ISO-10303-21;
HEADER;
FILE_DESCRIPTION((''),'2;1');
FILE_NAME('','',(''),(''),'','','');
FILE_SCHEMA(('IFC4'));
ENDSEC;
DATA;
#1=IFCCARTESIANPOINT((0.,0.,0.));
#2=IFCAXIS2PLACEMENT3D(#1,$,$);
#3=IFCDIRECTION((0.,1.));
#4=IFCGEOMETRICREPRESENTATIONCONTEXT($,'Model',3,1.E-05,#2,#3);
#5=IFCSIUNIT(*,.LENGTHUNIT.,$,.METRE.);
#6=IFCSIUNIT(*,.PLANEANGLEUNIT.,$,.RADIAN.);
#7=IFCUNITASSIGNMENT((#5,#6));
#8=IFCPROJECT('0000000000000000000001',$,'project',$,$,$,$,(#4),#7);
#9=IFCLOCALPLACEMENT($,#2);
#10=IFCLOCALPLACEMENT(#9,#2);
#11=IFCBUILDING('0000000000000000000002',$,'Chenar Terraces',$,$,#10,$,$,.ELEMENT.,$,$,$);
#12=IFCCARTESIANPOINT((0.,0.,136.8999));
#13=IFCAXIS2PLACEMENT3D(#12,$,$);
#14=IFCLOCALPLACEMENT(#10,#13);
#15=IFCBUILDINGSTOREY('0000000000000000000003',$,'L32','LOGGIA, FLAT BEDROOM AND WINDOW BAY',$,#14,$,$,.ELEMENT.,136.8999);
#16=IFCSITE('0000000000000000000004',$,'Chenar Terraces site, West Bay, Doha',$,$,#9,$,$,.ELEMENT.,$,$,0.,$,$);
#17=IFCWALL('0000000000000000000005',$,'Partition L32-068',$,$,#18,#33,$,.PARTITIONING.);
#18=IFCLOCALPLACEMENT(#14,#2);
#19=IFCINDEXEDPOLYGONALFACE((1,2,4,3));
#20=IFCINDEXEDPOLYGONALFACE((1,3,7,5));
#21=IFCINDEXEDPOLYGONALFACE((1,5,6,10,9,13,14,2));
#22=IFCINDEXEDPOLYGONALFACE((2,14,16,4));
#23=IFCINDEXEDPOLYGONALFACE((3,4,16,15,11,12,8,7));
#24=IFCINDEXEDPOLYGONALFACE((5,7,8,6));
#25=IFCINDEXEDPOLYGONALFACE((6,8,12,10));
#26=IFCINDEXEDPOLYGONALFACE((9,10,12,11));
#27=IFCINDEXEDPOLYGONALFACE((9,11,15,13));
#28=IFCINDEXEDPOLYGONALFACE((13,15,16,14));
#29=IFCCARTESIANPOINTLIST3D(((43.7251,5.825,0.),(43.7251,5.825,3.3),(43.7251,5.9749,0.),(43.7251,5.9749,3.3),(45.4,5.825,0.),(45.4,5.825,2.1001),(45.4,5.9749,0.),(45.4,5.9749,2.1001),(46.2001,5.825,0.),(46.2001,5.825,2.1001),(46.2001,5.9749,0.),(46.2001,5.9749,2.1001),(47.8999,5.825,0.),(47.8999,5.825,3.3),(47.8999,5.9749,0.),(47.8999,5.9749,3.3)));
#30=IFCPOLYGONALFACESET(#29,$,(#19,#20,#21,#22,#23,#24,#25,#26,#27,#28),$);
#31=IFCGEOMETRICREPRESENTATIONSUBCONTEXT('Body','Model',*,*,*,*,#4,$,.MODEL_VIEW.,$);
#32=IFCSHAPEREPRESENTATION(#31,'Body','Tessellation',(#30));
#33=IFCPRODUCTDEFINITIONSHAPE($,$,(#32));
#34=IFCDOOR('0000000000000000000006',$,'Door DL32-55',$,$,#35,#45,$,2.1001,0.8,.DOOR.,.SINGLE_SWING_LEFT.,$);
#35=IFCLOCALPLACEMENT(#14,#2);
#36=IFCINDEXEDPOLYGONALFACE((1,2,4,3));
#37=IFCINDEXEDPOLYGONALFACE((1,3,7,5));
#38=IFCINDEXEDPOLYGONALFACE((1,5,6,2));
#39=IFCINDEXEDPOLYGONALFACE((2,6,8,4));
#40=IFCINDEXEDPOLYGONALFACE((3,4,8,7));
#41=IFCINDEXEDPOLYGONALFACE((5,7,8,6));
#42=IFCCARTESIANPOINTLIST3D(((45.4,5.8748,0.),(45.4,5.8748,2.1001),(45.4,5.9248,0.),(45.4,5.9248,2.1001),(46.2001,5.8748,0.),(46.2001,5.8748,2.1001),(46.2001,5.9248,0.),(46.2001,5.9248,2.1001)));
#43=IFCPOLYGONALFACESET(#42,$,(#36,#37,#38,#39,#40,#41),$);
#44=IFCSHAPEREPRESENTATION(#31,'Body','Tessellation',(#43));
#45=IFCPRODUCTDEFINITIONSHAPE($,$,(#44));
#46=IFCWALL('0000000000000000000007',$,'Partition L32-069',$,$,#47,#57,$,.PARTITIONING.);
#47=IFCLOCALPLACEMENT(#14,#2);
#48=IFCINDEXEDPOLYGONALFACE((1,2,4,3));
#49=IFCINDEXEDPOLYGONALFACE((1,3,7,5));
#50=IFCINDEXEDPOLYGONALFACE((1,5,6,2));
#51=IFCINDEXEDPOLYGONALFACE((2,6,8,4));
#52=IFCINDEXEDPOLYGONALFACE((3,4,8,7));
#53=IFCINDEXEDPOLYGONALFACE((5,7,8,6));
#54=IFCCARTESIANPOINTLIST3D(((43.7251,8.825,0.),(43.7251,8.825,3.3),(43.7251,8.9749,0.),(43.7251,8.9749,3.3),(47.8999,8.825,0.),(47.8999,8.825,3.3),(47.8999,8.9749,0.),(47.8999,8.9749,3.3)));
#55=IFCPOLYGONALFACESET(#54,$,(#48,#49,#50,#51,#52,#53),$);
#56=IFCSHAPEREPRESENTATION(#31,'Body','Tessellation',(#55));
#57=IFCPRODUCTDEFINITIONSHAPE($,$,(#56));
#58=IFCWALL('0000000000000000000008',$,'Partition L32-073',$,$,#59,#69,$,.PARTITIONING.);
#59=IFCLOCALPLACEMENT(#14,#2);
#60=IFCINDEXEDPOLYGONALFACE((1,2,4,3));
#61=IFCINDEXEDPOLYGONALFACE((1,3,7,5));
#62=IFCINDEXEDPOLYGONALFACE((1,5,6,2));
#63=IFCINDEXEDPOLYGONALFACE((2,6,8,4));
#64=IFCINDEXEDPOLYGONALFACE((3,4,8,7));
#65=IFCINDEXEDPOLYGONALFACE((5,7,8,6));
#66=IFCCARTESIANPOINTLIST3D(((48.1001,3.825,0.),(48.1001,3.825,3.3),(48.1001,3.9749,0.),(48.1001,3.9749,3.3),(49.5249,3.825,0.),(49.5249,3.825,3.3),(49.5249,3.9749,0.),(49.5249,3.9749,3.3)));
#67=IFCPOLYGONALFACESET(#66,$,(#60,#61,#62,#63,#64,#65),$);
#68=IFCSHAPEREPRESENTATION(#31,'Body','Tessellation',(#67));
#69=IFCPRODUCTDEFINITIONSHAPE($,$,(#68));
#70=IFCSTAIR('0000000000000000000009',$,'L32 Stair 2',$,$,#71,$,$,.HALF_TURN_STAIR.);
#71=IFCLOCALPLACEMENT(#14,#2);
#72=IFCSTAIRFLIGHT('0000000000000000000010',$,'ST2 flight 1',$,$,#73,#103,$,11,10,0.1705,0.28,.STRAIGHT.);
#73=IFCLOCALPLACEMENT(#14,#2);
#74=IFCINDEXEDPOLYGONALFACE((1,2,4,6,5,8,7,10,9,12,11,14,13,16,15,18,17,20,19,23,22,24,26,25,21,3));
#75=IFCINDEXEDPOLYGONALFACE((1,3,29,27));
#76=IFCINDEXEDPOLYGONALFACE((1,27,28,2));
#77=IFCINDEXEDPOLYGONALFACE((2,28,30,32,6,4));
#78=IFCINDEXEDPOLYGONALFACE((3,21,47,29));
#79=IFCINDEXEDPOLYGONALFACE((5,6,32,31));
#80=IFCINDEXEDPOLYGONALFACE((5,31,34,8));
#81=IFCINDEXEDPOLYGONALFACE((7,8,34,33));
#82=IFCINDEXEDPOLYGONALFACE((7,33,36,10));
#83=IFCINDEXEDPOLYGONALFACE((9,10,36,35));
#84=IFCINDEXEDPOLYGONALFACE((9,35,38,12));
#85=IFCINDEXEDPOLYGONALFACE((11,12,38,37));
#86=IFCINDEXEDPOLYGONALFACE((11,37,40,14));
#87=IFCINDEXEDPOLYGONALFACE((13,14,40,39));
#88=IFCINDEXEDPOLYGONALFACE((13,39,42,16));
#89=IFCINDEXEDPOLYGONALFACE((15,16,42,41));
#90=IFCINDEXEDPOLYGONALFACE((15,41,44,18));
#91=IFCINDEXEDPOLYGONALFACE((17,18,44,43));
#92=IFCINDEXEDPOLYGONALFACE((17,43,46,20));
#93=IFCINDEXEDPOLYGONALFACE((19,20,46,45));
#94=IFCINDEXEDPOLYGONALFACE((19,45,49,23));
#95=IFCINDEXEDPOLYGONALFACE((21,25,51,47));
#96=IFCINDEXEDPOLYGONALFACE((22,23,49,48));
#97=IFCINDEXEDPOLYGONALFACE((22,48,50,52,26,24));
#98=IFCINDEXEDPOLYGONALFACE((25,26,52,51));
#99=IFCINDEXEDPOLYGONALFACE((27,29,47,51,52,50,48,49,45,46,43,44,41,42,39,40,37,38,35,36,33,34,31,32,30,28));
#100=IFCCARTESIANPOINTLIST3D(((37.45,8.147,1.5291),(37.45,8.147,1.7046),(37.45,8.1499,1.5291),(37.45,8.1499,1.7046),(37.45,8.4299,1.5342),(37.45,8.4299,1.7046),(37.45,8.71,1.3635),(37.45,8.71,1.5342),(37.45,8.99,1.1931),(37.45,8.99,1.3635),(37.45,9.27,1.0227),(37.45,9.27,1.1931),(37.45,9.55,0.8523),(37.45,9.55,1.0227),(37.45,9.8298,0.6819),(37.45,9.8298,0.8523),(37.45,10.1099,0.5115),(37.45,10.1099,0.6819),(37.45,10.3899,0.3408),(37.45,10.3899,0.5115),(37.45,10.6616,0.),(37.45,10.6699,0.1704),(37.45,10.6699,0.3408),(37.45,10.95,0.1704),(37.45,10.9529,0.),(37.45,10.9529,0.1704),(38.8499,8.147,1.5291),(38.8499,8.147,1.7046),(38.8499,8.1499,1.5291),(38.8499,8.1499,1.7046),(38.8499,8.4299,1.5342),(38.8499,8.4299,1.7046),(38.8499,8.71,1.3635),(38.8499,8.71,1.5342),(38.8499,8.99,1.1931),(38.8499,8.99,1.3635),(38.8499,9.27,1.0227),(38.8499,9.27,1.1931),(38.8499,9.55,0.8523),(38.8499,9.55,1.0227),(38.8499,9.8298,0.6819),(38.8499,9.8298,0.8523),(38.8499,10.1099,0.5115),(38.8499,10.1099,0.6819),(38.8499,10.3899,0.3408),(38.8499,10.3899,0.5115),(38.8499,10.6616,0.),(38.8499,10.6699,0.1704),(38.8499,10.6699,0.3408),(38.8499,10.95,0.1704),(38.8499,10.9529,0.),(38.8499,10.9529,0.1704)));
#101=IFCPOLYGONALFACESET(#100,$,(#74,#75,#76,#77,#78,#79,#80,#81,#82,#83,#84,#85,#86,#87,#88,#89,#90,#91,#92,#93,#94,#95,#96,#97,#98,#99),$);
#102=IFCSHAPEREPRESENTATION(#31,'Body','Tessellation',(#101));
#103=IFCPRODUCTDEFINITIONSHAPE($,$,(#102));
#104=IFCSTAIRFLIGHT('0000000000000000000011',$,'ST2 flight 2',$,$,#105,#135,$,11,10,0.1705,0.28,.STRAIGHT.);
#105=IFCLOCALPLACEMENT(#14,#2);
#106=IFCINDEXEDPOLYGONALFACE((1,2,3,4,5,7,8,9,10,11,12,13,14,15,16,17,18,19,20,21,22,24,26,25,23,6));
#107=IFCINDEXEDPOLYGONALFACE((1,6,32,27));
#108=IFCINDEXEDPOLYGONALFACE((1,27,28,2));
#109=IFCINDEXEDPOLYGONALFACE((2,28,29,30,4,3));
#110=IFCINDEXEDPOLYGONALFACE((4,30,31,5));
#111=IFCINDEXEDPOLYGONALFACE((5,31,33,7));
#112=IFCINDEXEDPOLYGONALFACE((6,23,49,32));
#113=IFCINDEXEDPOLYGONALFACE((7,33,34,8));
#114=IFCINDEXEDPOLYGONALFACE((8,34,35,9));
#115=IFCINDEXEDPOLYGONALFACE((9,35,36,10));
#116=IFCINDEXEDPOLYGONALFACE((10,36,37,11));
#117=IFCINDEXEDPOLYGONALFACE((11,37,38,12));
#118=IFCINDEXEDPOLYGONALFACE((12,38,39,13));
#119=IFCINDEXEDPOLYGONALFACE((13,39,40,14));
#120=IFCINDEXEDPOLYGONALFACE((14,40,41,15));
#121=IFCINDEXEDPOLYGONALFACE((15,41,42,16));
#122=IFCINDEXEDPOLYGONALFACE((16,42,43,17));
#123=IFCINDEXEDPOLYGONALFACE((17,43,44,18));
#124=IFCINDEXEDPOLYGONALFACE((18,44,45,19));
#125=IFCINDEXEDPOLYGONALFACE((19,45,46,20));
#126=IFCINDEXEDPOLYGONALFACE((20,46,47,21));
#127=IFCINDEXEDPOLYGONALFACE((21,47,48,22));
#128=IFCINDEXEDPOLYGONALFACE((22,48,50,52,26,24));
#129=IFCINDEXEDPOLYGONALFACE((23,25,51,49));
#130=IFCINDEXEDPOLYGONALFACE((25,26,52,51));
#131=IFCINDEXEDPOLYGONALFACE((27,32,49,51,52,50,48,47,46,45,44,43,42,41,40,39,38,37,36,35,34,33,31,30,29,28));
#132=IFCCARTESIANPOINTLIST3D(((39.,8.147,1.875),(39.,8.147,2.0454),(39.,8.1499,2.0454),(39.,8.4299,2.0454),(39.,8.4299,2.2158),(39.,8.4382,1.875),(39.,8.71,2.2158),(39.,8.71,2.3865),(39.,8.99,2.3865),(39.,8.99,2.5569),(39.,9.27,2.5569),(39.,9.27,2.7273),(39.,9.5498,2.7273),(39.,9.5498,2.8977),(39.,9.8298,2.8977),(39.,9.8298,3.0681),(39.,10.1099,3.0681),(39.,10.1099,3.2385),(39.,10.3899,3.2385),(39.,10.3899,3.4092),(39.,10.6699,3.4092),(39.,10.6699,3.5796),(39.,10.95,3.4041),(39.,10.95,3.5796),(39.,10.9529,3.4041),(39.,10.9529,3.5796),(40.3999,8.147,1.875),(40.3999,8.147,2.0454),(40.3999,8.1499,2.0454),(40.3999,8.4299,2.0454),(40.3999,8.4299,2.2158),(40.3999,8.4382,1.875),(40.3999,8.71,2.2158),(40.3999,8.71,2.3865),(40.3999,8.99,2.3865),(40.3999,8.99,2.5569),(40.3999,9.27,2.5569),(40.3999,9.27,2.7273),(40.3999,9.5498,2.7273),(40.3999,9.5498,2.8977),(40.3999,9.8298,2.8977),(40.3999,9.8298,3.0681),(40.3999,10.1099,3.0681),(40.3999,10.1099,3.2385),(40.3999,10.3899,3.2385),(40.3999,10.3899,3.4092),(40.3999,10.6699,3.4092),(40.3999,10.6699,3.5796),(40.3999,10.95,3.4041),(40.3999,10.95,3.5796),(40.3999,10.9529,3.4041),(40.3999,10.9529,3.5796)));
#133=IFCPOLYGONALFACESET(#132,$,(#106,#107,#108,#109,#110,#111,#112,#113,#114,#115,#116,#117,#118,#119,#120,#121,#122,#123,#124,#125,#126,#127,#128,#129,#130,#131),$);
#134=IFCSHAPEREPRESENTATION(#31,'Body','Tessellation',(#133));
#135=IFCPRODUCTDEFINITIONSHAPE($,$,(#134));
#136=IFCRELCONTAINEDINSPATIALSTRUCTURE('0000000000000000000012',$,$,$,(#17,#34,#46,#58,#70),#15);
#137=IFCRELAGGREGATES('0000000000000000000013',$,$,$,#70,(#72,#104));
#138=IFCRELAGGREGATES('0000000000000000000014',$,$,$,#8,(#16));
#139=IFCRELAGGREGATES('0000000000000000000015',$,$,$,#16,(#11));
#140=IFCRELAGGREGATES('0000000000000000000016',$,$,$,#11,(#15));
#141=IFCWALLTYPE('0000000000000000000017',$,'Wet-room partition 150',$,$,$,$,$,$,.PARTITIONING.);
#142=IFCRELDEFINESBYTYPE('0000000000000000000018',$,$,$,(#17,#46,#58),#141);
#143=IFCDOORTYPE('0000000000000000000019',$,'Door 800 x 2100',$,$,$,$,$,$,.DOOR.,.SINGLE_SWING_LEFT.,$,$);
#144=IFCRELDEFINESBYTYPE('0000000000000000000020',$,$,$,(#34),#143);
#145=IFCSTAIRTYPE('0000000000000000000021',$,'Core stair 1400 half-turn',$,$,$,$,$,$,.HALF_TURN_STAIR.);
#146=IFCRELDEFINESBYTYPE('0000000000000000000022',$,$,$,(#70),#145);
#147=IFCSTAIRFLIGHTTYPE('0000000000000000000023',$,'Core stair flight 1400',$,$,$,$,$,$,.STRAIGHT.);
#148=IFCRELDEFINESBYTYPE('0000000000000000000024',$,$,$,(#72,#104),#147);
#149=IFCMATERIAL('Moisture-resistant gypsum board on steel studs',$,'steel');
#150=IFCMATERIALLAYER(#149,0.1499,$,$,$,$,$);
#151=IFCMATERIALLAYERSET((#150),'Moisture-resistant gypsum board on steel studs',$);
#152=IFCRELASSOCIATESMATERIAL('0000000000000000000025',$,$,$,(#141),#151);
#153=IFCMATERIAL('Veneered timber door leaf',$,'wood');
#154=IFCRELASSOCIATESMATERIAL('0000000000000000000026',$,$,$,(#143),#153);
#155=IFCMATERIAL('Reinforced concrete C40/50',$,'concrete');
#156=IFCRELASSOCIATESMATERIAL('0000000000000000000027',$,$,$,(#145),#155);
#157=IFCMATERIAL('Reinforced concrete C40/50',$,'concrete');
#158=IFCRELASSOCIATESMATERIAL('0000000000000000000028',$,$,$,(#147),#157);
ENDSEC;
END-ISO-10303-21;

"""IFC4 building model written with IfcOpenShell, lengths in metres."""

from ifc_helpers import new_model, si_unit, direction, frame, frame_2d, origin, place, context, subcontext, project, spatial, polyline, rectangle, outline, extrude, material, layer, layer_set, type_object, element, fill, aggregate, save


model = new_model("IFC4")

# Units and contexts
model_context = context("Model", 3, precision=1e-05, world=origin(), true_north=direction((0.0, 1.0)))
body_context = subcontext(model_context, "Body", "Model", "MODEL_VIEW")
ifc_project = project(units=[si_unit("LENGTHUNIT", "METRE"), si_unit("PLANEANGLEUNIT", "RADIAN")], contexts=[model_context])

# Site, building, storey
site_placement = place(None, origin())
site = spatial("IfcSite", under=ifc_project, at=site_placement, Name="Chenar Terraces site, West Bay, Doha", CompositionType="ELEMENT", RefElevation=0.0)
building_placement = place(site_placement, origin())
building = spatial("IfcBuilding", under=site, at=building_placement, Name="Chenar Terraces", CompositionType="ELEMENT")
storey_placement = place(building_placement, frame((0.0, 0.0, 136.8999)))
storey = spatial("IfcBuildingStorey", under=building, at=storey_placement, Name="L32", Description="LOGGIA, FLAT BEDROOM AND WINDOW BAY", CompositionType="ELEMENT", Elevation=136.8999)

# Wall, opening, door
ifc_material_1 = material(Name="Moisture-resistant gypsum board on steel studs", Category="steel")
ifc_layer_1 = layer(ifc_material_1, 0.1499)
ifc_layer_set_1 = layer_set([ifc_layer_1], Name="Moisture-resistant gypsum board on steel studs")
wall_type_1 = type_object("IfcWallType", Name="Wet-room partition 150", PredefinedType="PARTITIONING", material=ifc_layer_set_1)
wall_1_placement = place(storey_placement, frame((43.7251, 5.8999, 0.0), z_axis=(0.0, 0.0, 1.0), x_axis=(1.0, 0.0, 0.0)))
wall_1 = element("IfcWall", 1, at=wall_1_placement, inside=storey, type_object=wall_type_1, Name="Partition L32-068", PredefinedType="PARTITIONING", context=body_context, shape_type="SweptSolid", body=[
    extrude(rectangle(XDim=4.1748, YDim=0.1499, at=frame_2d((2.0874, 0.0))), origin(), (0.0, 0.0, 1.0), 3.3),
])
opening_1_placement = place(wall_1_placement, frame((1.675, 0.0, 0.0)))
opening_1 = element("IfcOpeningElement", 2, at=opening_1_placement, cuts=wall_1, PredefinedType="OPENING", context=body_context, shape_type="SweptSolid", body=[
    extrude(rectangle(XDim=0.8, YDim=2.1001, at=frame_2d((0.3999, 1.05))), frame((0.0, 0.085, 0.0), z_axis=(0.0, -1.0, 0.0), x_axis=(1.0, 0.0, 0.0)), (0.0, 0.0, 1.0), 0.1699),
])
ifc_material_2 = material(Name="Veneered timber door leaf", Category="wood")
door_type_1 = type_object("IfcDoorType", Name="Door 800 x 2100", OperationType="SINGLE_SWING_LEFT", PredefinedType="DOOR", material=ifc_material_2)
door_1_placement = place(opening_1_placement, origin())
door_1 = element("IfcDoor", 3, at=door_1_placement, inside=storey, type_object=door_type_1, Name="Door DL32-55", OperationType="SINGLE_SWING_LEFT", OverallHeight=2.1001, OverallWidth=0.8, PredefinedType="DOOR", context=body_context, shape_type="SweptSolid", body=[
    extrude(rectangle(XDim=0.8, YDim=2.1001, at=frame_2d((0.3999, 1.05))), frame((0.0, 0.0249, 0.0), z_axis=(0.0, -1.0, 0.0), x_axis=(1.0, 0.0, 0.0)), (0.0, 0.0, 1.0), 0.05),
])
fill(opening_1, door_1)

# Walls
wall_2_placement = place(storey_placement, frame((43.7251, 8.8999, 0.0), z_axis=(0.0, 0.0, 1.0), x_axis=(1.0, 0.0, 0.0)))
element("IfcWall", 4, at=wall_2_placement, inside=storey, type_object=wall_type_1, Name="Partition L32-069", PredefinedType="PARTITIONING", context=body_context, shape_type="SweptSolid", body=[
    extrude(rectangle(XDim=4.1748, YDim=0.1499, at=frame_2d((2.0874, 0.0))), origin(), (0.0, 0.0, 1.0), 3.3),
])
wall_3_placement = place(storey_placement, frame((48.1001, 3.8999, 0.0), z_axis=(0.0, 0.0, 1.0), x_axis=(1.0, 0.0, 0.0)))
element("IfcWall", 5, at=wall_3_placement, inside=storey, type_object=wall_type_1, Name="Partition L32-073", PredefinedType="PARTITIONING", context=body_context, shape_type="SweptSolid", body=[
    extrude(rectangle(XDim=1.4248, YDim=0.1499, at=frame_2d((0.7124, 0.0))), origin(), (0.0, 0.0, 1.0), 3.3),
])

# Stair, stair flights
ifc_material_3 = material(Name="Reinforced concrete C40/50", Category="concrete")
stair_type = type_object("IfcStairType", Name="Core stair 1400 half-turn", PredefinedType="HALF_TURN_STAIR", material=ifc_material_3)
stair_placement = place(storey_placement, origin())
stair = element("IfcStair", 6, at=stair_placement, inside=storey, type_object=stair_type, Name="L32 Stair 2", PredefinedType="HALF_TURN_STAIR")
ifc_material_4 = material(Name="Reinforced concrete C40/50", Category="concrete")
stair_flight_type = type_object("IfcStairFlightType", Name="Core stair flight 1400", PredefinedType="STRAIGHT", material=ifc_material_4)
stair_flight_1_placement = place(storey_placement, frame((38.1499, 10.95, 0.0), z_axis=(0.0, 0.0, 1.0), x_axis=(0.0, -1.0, 0.0)))
stair_flight_1 = element("IfcStairFlight", 7, at=stair_flight_1_placement, type_object=stair_flight_type, Name="ST2 flight 1", NumberOfRisers=11, NumberOfTreads=10, PredefinedType="STRAIGHT", RiserHeight=0.1705, TreadLength=0.28, context=body_context, shape_type="SweptSolid", body=[
    extrude(outline(polyline([(-0.0029, 0.0), (-0.0029, 0.1704), (0.0, 0.1704), (0.28, 0.1704), (0.28, 0.3408), (0.5601, 0.3408), (0.5601, 0.5115), (0.8401, 0.5115), (0.8401, 0.6819), (1.1201, 0.6819), (1.1201, 0.8523), (1.3999, 0.8523), (1.3999, 1.0227), (1.6799, 1.0227), (1.6799, 1.1931), (1.96, 1.1931), (1.96, 1.3635), (2.24, 1.3635), (2.24, 1.5342), (2.52, 1.5342), (2.52, 1.7046), (2.8, 1.7046), (2.803, 1.7046), (2.803, 1.5291), (2.8, 1.5291), (0.2883, 0.0), (-0.0029, 0.0)])), frame((0.0, 0.7, 0.0), z_axis=(0.0, -1.0, 0.0), x_axis=(1.0, 0.0, 0.0)), (0.0, 0.0, 1.0), 1.3999),
])
stair_flight_2_placement = place(storey_placement, frame((39.7, 8.1499, 1.875), z_axis=(0.0, 0.0, 1.0), x_axis=(0.0, 1.0, 0.0)))
stair_flight_2 = element("IfcStairFlight", 8, at=stair_flight_2_placement, type_object=stair_flight_type, Name="ST2 flight 2", NumberOfRisers=11, NumberOfTreads=10, PredefinedType="STRAIGHT", RiserHeight=0.1705, TreadLength=0.28, context=body_context, shape_type="SweptSolid", body=[
    extrude(outline(polyline([(-0.0029, 0.0), (-0.0029, 0.1704), (0.0, 0.1704), (0.28, 0.1704), (0.28, 0.3408), (0.5601, 0.3408), (0.5601, 0.5115), (0.8401, 0.5115), (0.8401, 0.6819), (1.1201, 0.6819), (1.1201, 0.8523), (1.3999, 0.8523), (1.3999, 1.0227), (1.6799, 1.0227), (1.6799, 1.1931), (1.96, 1.1931), (1.96, 1.3635), (2.24, 1.3635), (2.24, 1.5342), (2.52, 1.5342), (2.52, 1.7046), (2.8, 1.7046), (2.803, 1.7046), (2.803, 1.5291), (2.8, 1.5291), (0.2883, 0.0), (-0.0029, 0.0)])), frame((0.0, 0.7, 0.0), z_axis=(0.0, -1.0, 0.0), x_axis=(1.0, 0.0, 0.0)), (0.0, 0.0, 1.0), 1.3999),
])
aggregate(stair, [stair_flight_1, stair_flight_2])

save(model, "model.ifc")
